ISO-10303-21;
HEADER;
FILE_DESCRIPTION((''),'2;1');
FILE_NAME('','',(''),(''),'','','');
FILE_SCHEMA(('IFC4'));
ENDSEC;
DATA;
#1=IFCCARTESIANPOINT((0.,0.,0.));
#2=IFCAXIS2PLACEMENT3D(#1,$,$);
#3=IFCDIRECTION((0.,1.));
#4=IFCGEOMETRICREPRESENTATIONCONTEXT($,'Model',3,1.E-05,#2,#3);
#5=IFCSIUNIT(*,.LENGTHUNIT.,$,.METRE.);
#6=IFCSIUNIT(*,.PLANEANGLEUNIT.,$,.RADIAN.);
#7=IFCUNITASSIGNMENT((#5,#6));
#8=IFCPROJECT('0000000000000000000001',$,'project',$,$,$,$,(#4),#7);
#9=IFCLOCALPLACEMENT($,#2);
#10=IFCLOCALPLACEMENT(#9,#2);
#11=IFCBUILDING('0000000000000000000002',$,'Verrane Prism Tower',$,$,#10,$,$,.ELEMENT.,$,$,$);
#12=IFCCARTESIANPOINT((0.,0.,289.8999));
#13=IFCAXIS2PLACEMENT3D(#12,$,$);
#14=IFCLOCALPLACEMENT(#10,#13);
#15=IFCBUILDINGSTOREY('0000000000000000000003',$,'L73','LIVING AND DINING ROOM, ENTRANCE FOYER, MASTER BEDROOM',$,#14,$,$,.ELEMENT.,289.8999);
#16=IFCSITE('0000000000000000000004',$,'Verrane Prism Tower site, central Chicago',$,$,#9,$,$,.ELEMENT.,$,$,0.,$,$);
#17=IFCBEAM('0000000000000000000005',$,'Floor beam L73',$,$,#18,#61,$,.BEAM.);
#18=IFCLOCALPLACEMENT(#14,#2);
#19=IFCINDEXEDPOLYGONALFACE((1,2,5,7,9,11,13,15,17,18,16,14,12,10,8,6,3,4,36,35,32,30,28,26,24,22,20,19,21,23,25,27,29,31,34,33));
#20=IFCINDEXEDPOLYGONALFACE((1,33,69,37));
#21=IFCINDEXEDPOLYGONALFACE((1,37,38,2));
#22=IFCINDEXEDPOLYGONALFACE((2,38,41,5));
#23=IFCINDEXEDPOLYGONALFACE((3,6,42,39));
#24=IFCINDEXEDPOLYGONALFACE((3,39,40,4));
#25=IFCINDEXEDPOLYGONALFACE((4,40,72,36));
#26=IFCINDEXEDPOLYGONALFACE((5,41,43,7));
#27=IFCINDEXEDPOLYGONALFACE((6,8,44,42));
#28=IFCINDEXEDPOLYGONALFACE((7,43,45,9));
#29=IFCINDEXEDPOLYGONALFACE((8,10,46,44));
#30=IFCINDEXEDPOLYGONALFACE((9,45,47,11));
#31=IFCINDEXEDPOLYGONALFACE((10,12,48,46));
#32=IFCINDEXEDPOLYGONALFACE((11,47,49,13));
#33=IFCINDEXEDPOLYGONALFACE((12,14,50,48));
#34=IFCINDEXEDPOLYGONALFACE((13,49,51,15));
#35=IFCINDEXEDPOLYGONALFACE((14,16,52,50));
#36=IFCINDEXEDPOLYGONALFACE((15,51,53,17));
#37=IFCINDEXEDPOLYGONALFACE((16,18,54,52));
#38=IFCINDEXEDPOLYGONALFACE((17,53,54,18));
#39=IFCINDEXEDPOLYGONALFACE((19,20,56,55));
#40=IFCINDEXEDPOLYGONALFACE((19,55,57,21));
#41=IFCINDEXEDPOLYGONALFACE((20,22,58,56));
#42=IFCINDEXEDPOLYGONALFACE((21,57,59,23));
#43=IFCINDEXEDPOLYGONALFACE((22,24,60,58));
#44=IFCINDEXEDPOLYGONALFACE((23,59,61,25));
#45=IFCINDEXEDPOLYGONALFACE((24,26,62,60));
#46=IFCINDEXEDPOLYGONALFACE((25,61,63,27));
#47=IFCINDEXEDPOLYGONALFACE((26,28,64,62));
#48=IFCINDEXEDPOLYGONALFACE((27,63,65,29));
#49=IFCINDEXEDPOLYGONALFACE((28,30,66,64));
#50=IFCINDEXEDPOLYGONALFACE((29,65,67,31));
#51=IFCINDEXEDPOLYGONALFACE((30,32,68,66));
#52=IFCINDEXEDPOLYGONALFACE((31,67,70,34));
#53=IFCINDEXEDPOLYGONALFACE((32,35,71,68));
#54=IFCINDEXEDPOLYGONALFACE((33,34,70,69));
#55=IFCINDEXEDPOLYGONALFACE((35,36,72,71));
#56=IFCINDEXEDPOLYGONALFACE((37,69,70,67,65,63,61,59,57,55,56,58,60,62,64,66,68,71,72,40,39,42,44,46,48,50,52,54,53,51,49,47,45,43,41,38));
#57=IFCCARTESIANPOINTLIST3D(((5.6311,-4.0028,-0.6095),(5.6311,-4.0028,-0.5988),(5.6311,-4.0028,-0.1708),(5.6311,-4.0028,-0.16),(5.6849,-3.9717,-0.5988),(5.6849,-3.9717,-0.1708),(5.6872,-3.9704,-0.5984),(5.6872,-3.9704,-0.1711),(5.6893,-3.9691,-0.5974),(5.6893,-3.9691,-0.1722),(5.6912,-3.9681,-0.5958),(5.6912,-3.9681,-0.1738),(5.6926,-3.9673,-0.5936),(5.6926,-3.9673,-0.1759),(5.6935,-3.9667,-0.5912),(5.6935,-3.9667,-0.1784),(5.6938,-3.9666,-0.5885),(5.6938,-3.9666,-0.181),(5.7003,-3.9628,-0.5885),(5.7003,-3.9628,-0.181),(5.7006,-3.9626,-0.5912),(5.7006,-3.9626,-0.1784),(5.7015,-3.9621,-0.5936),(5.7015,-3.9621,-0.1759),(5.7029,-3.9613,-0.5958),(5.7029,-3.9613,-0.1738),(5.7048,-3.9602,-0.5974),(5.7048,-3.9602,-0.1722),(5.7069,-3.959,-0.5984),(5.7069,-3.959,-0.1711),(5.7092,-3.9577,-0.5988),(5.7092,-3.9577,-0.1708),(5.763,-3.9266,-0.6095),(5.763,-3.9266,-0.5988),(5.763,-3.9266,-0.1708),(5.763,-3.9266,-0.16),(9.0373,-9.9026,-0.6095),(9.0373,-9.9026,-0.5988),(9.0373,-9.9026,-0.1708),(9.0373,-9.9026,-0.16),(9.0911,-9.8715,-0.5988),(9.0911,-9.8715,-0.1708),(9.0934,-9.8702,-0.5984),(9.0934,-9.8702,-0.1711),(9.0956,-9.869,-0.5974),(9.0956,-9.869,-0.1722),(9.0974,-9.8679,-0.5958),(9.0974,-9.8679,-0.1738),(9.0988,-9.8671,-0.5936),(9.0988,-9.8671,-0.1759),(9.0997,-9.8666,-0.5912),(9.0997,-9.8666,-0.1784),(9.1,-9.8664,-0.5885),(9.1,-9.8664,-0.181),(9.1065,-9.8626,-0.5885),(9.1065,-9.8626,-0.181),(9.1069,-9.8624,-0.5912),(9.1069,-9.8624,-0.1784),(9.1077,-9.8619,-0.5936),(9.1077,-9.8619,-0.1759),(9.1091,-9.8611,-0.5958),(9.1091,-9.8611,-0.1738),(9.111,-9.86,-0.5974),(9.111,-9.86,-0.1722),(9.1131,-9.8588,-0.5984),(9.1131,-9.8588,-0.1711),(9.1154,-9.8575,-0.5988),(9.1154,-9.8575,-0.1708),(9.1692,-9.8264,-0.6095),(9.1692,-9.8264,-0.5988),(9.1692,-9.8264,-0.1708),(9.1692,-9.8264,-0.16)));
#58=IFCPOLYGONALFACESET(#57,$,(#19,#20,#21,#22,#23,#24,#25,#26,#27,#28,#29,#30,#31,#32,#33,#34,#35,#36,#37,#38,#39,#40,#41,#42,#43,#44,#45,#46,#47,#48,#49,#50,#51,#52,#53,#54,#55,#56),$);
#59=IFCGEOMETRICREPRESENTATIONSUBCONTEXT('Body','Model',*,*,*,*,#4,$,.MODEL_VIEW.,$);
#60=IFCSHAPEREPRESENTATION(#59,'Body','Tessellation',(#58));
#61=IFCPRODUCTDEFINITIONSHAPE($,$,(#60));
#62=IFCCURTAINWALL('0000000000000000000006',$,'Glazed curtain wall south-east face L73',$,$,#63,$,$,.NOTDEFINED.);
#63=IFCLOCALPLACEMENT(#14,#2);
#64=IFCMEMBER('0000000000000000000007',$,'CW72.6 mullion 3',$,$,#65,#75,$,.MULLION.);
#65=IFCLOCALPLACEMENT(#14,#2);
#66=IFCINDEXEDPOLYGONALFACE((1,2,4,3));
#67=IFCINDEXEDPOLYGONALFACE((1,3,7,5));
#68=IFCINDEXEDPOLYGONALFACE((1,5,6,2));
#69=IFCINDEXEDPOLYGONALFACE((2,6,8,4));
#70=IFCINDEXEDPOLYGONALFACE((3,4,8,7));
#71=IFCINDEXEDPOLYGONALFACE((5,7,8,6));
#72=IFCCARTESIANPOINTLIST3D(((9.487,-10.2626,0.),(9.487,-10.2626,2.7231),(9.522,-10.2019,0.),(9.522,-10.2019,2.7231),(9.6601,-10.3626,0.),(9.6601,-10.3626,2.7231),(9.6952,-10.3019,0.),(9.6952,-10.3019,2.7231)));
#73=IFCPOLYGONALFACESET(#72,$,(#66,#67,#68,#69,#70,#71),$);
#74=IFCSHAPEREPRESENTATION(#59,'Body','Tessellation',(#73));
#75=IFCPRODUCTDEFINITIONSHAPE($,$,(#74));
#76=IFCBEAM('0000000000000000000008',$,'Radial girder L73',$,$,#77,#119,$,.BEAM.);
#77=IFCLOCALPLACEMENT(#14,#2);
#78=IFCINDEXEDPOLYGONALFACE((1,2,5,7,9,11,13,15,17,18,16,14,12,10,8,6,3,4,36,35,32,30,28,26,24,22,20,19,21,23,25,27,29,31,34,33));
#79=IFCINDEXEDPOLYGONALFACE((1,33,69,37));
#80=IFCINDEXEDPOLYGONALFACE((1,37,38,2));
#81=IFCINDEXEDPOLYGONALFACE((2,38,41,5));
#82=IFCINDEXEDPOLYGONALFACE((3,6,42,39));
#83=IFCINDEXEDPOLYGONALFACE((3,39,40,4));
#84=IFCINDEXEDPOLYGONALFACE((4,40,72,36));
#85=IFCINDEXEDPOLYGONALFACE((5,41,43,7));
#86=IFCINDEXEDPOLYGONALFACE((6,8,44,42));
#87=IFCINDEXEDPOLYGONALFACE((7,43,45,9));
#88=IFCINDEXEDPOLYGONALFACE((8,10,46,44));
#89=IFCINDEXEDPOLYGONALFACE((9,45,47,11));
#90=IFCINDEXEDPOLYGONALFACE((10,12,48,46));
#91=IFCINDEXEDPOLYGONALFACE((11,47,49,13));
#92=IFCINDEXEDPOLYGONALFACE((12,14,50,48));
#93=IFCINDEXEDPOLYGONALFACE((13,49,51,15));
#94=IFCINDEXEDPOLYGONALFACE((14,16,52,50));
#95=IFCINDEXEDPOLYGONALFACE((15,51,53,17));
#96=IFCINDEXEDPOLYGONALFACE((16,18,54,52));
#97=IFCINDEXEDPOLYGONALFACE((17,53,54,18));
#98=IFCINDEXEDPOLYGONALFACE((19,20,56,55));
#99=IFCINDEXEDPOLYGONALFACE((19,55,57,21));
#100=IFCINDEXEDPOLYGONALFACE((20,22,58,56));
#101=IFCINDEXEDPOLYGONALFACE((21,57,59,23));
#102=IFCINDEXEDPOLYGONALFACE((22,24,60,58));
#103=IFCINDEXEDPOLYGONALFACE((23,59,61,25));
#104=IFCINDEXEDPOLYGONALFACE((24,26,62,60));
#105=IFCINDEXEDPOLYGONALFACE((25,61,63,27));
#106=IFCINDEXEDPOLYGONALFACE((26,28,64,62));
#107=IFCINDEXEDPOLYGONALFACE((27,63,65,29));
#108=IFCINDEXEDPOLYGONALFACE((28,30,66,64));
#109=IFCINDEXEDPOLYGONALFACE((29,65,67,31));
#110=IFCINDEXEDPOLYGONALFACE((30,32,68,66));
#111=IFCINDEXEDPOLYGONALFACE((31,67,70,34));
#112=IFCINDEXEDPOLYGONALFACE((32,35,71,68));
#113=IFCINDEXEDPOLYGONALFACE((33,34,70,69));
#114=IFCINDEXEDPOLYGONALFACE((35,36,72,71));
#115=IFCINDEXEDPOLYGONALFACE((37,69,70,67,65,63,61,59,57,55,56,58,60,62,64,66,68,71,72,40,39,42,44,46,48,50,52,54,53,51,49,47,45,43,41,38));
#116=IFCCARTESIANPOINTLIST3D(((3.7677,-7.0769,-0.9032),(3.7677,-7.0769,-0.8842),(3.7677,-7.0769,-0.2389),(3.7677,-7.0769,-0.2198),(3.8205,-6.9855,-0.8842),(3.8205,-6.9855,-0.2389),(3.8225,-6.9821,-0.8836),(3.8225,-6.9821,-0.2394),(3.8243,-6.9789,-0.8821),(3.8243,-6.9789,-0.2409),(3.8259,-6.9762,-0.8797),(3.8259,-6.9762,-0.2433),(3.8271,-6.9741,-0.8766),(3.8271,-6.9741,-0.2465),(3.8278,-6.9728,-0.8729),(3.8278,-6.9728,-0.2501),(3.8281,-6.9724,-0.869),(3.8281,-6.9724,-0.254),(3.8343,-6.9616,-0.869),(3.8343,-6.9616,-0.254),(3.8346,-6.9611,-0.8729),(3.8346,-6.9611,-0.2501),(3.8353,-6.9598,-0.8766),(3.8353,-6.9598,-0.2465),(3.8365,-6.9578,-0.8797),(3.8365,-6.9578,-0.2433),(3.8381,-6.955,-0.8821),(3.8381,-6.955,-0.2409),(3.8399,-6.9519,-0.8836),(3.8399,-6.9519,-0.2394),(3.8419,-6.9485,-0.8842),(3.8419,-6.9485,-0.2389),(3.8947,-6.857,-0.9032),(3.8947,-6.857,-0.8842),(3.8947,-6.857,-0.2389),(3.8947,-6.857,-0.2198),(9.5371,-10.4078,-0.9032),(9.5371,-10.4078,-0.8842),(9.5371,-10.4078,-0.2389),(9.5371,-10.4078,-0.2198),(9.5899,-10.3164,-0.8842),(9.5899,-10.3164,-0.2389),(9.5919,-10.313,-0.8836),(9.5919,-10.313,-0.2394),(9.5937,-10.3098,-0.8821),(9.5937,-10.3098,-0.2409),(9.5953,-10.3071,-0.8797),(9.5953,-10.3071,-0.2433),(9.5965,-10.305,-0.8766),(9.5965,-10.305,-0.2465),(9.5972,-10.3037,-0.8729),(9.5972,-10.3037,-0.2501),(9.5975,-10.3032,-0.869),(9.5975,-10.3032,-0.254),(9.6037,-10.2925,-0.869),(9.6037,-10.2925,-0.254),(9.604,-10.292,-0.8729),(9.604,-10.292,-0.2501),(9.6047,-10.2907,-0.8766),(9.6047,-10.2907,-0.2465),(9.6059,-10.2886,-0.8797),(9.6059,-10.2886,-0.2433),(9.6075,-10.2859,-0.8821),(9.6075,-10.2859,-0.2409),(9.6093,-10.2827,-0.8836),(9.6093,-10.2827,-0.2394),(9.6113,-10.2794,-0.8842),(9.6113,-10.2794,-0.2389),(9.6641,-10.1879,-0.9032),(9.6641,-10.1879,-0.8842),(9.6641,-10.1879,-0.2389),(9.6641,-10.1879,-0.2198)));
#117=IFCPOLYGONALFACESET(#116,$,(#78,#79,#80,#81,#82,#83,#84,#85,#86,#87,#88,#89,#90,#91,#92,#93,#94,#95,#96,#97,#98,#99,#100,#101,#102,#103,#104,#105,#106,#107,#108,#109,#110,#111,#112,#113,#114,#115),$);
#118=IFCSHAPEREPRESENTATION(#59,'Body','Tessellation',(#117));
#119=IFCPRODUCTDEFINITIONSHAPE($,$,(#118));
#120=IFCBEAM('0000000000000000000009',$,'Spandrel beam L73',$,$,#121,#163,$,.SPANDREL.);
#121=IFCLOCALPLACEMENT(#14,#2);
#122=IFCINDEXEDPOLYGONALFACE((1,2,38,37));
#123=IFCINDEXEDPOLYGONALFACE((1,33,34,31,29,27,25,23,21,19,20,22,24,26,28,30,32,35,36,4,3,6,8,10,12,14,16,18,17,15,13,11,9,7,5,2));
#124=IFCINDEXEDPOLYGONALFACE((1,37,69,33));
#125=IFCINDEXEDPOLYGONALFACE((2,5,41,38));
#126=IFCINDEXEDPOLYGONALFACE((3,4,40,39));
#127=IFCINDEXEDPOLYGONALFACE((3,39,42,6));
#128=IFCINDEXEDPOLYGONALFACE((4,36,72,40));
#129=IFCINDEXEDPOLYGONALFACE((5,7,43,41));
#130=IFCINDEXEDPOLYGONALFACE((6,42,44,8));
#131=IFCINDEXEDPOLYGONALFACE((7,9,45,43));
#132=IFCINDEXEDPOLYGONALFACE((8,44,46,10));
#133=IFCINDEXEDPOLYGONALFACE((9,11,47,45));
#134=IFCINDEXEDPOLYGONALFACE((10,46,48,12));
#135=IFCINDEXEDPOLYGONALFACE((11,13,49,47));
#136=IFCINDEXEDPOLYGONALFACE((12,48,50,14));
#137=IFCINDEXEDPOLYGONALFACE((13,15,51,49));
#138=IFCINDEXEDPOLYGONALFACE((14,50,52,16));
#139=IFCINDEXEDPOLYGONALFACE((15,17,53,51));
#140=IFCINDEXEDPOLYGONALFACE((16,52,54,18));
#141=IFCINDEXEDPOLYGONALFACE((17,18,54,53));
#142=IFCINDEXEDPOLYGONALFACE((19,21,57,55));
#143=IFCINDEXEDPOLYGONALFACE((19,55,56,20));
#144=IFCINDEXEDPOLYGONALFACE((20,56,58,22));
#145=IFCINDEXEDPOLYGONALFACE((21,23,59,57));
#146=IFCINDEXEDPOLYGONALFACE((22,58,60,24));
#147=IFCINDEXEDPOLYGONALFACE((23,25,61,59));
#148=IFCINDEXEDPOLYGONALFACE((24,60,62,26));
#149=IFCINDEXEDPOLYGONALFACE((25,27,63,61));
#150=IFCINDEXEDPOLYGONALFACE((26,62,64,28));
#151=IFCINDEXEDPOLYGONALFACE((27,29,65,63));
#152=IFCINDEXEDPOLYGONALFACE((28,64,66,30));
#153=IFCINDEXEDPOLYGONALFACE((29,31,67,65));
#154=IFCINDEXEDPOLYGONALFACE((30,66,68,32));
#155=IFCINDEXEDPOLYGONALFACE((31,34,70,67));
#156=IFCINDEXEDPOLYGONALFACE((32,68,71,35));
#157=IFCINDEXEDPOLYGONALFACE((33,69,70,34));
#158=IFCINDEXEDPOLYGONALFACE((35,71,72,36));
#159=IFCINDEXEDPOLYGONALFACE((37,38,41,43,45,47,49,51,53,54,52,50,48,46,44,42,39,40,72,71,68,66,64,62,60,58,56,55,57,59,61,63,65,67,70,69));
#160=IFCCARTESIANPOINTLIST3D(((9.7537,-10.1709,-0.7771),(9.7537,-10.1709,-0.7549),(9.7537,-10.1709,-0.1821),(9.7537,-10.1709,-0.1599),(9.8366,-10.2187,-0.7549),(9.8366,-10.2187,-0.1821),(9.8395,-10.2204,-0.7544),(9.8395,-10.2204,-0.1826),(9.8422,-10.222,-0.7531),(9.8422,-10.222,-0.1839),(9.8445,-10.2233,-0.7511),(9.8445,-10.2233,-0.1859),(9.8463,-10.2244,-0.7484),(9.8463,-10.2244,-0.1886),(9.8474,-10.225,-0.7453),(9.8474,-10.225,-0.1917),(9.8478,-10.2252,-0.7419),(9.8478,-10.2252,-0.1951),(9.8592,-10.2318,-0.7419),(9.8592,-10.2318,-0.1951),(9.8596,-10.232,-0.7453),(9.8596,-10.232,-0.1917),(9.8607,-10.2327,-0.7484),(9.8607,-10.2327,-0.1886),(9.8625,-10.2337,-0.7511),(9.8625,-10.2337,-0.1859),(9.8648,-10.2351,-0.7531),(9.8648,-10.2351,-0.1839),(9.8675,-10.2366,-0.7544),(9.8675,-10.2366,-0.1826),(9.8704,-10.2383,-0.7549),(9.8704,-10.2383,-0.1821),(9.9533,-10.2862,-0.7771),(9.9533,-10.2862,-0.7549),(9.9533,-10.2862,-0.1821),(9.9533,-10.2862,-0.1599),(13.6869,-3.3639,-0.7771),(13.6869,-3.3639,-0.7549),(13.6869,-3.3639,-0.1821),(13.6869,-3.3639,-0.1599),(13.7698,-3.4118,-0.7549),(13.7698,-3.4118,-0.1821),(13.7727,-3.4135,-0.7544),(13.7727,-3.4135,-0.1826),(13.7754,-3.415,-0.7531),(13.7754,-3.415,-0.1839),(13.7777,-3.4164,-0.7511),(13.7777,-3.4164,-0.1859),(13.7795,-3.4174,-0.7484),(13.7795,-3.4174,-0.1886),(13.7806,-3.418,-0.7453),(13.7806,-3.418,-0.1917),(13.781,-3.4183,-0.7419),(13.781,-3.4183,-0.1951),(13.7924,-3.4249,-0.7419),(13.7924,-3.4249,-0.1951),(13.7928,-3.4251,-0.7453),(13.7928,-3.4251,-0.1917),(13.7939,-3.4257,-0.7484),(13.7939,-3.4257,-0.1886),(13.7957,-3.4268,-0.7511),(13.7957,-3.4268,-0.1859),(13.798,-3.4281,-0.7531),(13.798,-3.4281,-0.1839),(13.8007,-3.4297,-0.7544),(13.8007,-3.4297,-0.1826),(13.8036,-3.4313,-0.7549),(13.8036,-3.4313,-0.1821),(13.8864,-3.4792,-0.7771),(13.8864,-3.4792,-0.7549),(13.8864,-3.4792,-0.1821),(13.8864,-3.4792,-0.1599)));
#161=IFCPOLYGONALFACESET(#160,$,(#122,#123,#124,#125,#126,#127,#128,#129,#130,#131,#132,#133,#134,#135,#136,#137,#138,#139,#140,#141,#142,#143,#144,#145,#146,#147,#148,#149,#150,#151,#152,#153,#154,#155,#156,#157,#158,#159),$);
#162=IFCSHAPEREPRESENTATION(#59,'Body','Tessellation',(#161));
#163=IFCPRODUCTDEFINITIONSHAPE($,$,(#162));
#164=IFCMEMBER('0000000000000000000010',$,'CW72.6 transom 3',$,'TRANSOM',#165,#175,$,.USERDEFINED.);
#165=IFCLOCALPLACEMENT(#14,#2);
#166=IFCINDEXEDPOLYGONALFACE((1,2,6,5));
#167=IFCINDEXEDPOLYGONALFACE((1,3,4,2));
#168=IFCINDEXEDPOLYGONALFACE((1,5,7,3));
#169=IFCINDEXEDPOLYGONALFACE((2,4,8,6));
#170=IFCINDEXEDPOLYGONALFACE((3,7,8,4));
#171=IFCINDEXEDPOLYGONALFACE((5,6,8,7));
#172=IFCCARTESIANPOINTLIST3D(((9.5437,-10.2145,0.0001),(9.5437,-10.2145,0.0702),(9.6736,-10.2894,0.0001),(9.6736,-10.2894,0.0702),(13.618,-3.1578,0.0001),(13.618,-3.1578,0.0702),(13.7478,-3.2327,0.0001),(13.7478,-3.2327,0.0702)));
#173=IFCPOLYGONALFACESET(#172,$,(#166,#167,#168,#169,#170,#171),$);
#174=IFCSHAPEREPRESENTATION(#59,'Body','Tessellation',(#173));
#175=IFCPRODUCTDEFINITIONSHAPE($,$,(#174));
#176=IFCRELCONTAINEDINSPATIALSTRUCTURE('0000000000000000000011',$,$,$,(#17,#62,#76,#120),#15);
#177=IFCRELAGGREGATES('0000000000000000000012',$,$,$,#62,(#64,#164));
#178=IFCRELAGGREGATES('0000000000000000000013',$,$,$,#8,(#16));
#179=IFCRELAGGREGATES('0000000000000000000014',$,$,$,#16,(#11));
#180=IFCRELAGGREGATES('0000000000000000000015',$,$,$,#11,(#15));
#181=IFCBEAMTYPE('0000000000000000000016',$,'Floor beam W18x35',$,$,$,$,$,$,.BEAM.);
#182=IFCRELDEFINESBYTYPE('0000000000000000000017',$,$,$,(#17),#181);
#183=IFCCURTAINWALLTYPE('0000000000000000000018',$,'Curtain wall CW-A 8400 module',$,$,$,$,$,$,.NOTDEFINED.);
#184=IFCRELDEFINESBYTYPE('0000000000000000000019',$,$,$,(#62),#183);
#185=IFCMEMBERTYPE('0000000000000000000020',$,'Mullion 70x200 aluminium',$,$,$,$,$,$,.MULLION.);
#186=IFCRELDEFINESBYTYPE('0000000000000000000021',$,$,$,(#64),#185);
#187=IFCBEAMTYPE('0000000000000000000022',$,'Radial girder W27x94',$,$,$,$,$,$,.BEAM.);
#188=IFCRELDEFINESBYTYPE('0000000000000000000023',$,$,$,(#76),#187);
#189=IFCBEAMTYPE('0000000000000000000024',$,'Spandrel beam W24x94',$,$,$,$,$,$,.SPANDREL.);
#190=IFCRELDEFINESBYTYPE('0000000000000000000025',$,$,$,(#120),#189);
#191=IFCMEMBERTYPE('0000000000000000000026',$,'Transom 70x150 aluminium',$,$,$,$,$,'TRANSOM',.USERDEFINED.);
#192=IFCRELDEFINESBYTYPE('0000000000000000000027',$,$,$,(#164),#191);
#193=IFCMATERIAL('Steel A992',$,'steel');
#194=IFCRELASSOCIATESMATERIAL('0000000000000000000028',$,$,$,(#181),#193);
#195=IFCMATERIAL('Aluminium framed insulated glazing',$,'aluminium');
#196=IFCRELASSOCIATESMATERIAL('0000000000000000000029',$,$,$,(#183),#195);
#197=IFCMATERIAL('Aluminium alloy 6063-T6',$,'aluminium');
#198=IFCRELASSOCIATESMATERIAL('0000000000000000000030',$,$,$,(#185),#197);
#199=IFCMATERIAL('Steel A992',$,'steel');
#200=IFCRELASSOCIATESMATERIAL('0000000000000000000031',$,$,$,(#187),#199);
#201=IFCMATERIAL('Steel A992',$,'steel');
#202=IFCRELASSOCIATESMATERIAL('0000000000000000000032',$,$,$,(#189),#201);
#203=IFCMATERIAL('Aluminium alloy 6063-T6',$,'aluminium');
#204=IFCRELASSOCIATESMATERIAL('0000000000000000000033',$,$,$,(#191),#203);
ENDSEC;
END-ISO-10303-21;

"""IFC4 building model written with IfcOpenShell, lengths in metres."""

from ifc_helpers import new_model, si_unit, direction, frame, origin, origin_2d, place, context, subcontext, project, spatial, rectangle, i_section, extrude, material, material_profile, profile_set, type_object, element, aggregate, save


model = new_model("IFC4")

# Units and contexts
model_context = context("Model", 3, precision=1e-05, world=origin(), true_north=direction((0.0, 1.0)))
body_context = subcontext(model_context, "Body", "Model", "MODEL_VIEW")
ifc_project = project(units=[si_unit("LENGTHUNIT", "METRE"), si_unit("PLANEANGLEUNIT", "RADIAN")], contexts=[model_context])

# Site, building, storey
site_placement = place(None, origin())
site = spatial("IfcSite", under=ifc_project, at=site_placement, Name="Verrane Prism Tower site, central Chicago", CompositionType="ELEMENT", RefElevation=0.0)
building_placement = place(site_placement, origin())
building = spatial("IfcBuilding", under=site, at=building_placement, Name="Verrane Prism Tower", CompositionType="ELEMENT")
storey_placement = place(building_placement, frame((0.0, 0.0, 289.8999)))
storey = spatial("IfcBuildingStorey", under=building, at=storey_placement, Name="L73", Description="LIVING AND DINING ROOM, ENTRANCE FOYER, MASTER BEDROOM", CompositionType="ELEMENT", Elevation=289.8999)

# Beam
ifc_material_1 = material(Name="Steel A992", Category="steel")
ifc_material_profile_1 = material_profile(ifc_material_1, i_section(OverallWidth=0.1523, OverallDepth=0.4495, WebThickness=0.0076, FlangeThickness=0.0107, FilletRadius=0.0103, at=origin_2d()), Name="W18x35")
ifc_profile_set_1 = profile_set([ifc_material_profile_1], Name="Steel A992")
beam_type_1 = type_object("IfcBeamType", Name="Floor beam W18x35", PredefinedType="BEAM", material=ifc_profile_set_1)
beam_1_placement = place(storey_placement, frame((9.1033, -9.8645, -0.3848), z_axis=(-0.499993, 0.866029, 0.0), x_axis=(-0.866029, -0.499993, 0.0)))
element("IfcBeam", 1, at=beam_1_placement, inside=storey, type_object=beam_type_1, Name="Floor beam L73", PredefinedType="BEAM", context=body_context, shape_type="SweptSolid", body=[
    extrude(i_section(OverallWidth=0.1523, OverallDepth=0.4495, WebThickness=0.0076, FlangeThickness=0.0107, FilletRadius=0.0103, at=origin_2d()), origin(), (0.0, 0.0, 1.0), 6.8125),
])

# Curtain wall, member
ifc_material_2 = material(Name="Aluminium framed insulated glazing", Category="aluminium")
curtain_wall_type = type_object("IfcCurtainWallType", Name="Curtain wall CW-A 8400 module", PredefinedType="NOTDEFINED", material=ifc_material_2)
curtain_wall_placement = place(storey_placement, origin())
curtain_wall = element("IfcCurtainWall", 2, at=curtain_wall_placement, inside=storey, type_object=curtain_wall_type, Name="Glazed curtain wall south-east face L73", PredefinedType="NOTDEFINED")
ifc_material_3 = material(Name="Aluminium alloy 6063-T6", Category="aluminium")
ifc_material_profile_2 = material_profile(ifc_material_3, rectangle(XDim=0.2, YDim=0.0701, at=origin_2d()), Name="Mullion 70x200 aluminium")
ifc_profile_set_2 = profile_set([ifc_material_profile_2], Name="Aluminium alloy 6063-T6")
member_type_1 = type_object("IfcMemberType", Name="Mullion 70x200 aluminium", PredefinedType="MULLION", material=ifc_profile_set_2)
member_1_placement = place(storey_placement, frame((9.5911, -10.2822, 0.0), z_axis=(0.0, 0.0, 1.0), x_axis=(-0.866025, 0.500001, 0.0)))
member_1 = element("IfcMember", 3, at=member_1_placement, type_object=member_type_1, Name="CW72.6 mullion 3", PredefinedType="MULLION", context=body_context, shape_type="SweptSolid", body=[
    extrude(rectangle(XDim=0.2, YDim=0.0701, at=origin_2d()), origin(), (0.0, 0.0, 1.0), 2.7231),
])

# Beams
ifc_material_4 = material(Name="Steel A992", Category="steel")
ifc_material_profile_3 = material_profile(ifc_material_4, i_section(OverallWidth=0.2539, OverallDepth=0.6833, WebThickness=0.0125, FlangeThickness=0.019, FilletRadius=0.0151, at=origin_2d()), Name="W27x94")
ifc_profile_set_3 = profile_set([ifc_material_profile_3], Name="Steel A992")
beam_type_2 = type_object("IfcBeamType", Name="Radial girder W27x94", PredefinedType="BEAM", material=ifc_profile_set_3)
beam_2_placement = place(storey_placement, frame((9.6006, -10.2979, -0.5615), z_axis=(-0.866031, 0.49999, 0.0), x_axis=(-0.49999, -0.866031, 0.0)))
element("IfcBeam", 4, at=beam_2_placement, inside=storey, type_object=beam_type_2, Name="Radial girder L73", PredefinedType="BEAM", context=body_context, shape_type="SweptSolid", body=[
    extrude(i_section(OverallWidth=0.2539, OverallDepth=0.6833, WebThickness=0.0125, FlangeThickness=0.019, FilletRadius=0.0151, at=origin_2d()), origin(), (0.0, 0.0, 1.0), 6.6619),
])
ifc_material_5 = material(Name="Steel A992", Category="steel")
ifc_material_profile_4 = material_profile(ifc_material_5, i_section(OverallWidth=0.2305, OverallDepth=0.6172, WebThickness=0.0132, FlangeThickness=0.0222, FilletRadius=0.0129, at=origin_2d()), Name="W24x94")
ifc_profile_set_4 = profile_set([ifc_material_profile_4], Name="Steel A992")
beam_type_3 = type_object("IfcBeamType", Name="Spandrel beam W24x94", PredefinedType="SPANDREL", material=ifc_profile_set_4)
beam_3_placement = place(storey_placement, frame((9.8535, -10.2285, -0.4685), z_axis=(0.5003, 0.865852, 0.0), x_axis=(-0.865852, 0.5003, 0.0)))
element("IfcBeam", 5, at=beam_3_placement, inside=storey, type_object=beam_type_3, Name="Spandrel beam L73", PredefinedType="SPANDREL", context=body_context, shape_type="SweptSolid", body=[
    extrude(i_section(OverallWidth=0.2305, OverallDepth=0.6172, WebThickness=0.0132, FlangeThickness=0.0222, FilletRadius=0.0129, at=origin_2d()), origin(), (0.0, 0.0, 1.0), 7.8616),
])

# Member
ifc_material_6 = material(Name="Aluminium alloy 6063-T6", Category="aluminium")
ifc_material_profile_5 = material_profile(ifc_material_6, rectangle(XDim=0.1499, YDim=0.0701, at=origin_2d()), Name="Transom 70x150 aluminium")
ifc_profile_set_5 = profile_set([ifc_material_profile_5], Name="Aluminium alloy 6063-T6")
member_type_2 = type_object("IfcMemberType", Name="Transom 70x150 aluminium", ElementType="TRANSOM", PredefinedType="USERDEFINED", material=ifc_profile_set_5)
member_2_placement = place(storey_placement, frame((9.6086, -10.252, 0.0352), z_axis=(0.500006, 0.866022, 0.0), x_axis=(-0.866022, 0.500006, 0.0)))
member_2 = element("IfcMember", 6, at=member_2_placement, type_object=member_type_2, Name="CW72.6 transom 3", ObjectType="TRANSOM", PredefinedType="USERDEFINED", context=body_context, shape_type="SweptSolid", body=[
    extrude(rectangle(XDim=0.1499, YDim=0.0701, at=origin_2d()), origin(), (0.0, 0.0, 1.0), 8.1484),
])

aggregate(curtain_wall, [member_1, member_2])

save(model, "model.ifc")
